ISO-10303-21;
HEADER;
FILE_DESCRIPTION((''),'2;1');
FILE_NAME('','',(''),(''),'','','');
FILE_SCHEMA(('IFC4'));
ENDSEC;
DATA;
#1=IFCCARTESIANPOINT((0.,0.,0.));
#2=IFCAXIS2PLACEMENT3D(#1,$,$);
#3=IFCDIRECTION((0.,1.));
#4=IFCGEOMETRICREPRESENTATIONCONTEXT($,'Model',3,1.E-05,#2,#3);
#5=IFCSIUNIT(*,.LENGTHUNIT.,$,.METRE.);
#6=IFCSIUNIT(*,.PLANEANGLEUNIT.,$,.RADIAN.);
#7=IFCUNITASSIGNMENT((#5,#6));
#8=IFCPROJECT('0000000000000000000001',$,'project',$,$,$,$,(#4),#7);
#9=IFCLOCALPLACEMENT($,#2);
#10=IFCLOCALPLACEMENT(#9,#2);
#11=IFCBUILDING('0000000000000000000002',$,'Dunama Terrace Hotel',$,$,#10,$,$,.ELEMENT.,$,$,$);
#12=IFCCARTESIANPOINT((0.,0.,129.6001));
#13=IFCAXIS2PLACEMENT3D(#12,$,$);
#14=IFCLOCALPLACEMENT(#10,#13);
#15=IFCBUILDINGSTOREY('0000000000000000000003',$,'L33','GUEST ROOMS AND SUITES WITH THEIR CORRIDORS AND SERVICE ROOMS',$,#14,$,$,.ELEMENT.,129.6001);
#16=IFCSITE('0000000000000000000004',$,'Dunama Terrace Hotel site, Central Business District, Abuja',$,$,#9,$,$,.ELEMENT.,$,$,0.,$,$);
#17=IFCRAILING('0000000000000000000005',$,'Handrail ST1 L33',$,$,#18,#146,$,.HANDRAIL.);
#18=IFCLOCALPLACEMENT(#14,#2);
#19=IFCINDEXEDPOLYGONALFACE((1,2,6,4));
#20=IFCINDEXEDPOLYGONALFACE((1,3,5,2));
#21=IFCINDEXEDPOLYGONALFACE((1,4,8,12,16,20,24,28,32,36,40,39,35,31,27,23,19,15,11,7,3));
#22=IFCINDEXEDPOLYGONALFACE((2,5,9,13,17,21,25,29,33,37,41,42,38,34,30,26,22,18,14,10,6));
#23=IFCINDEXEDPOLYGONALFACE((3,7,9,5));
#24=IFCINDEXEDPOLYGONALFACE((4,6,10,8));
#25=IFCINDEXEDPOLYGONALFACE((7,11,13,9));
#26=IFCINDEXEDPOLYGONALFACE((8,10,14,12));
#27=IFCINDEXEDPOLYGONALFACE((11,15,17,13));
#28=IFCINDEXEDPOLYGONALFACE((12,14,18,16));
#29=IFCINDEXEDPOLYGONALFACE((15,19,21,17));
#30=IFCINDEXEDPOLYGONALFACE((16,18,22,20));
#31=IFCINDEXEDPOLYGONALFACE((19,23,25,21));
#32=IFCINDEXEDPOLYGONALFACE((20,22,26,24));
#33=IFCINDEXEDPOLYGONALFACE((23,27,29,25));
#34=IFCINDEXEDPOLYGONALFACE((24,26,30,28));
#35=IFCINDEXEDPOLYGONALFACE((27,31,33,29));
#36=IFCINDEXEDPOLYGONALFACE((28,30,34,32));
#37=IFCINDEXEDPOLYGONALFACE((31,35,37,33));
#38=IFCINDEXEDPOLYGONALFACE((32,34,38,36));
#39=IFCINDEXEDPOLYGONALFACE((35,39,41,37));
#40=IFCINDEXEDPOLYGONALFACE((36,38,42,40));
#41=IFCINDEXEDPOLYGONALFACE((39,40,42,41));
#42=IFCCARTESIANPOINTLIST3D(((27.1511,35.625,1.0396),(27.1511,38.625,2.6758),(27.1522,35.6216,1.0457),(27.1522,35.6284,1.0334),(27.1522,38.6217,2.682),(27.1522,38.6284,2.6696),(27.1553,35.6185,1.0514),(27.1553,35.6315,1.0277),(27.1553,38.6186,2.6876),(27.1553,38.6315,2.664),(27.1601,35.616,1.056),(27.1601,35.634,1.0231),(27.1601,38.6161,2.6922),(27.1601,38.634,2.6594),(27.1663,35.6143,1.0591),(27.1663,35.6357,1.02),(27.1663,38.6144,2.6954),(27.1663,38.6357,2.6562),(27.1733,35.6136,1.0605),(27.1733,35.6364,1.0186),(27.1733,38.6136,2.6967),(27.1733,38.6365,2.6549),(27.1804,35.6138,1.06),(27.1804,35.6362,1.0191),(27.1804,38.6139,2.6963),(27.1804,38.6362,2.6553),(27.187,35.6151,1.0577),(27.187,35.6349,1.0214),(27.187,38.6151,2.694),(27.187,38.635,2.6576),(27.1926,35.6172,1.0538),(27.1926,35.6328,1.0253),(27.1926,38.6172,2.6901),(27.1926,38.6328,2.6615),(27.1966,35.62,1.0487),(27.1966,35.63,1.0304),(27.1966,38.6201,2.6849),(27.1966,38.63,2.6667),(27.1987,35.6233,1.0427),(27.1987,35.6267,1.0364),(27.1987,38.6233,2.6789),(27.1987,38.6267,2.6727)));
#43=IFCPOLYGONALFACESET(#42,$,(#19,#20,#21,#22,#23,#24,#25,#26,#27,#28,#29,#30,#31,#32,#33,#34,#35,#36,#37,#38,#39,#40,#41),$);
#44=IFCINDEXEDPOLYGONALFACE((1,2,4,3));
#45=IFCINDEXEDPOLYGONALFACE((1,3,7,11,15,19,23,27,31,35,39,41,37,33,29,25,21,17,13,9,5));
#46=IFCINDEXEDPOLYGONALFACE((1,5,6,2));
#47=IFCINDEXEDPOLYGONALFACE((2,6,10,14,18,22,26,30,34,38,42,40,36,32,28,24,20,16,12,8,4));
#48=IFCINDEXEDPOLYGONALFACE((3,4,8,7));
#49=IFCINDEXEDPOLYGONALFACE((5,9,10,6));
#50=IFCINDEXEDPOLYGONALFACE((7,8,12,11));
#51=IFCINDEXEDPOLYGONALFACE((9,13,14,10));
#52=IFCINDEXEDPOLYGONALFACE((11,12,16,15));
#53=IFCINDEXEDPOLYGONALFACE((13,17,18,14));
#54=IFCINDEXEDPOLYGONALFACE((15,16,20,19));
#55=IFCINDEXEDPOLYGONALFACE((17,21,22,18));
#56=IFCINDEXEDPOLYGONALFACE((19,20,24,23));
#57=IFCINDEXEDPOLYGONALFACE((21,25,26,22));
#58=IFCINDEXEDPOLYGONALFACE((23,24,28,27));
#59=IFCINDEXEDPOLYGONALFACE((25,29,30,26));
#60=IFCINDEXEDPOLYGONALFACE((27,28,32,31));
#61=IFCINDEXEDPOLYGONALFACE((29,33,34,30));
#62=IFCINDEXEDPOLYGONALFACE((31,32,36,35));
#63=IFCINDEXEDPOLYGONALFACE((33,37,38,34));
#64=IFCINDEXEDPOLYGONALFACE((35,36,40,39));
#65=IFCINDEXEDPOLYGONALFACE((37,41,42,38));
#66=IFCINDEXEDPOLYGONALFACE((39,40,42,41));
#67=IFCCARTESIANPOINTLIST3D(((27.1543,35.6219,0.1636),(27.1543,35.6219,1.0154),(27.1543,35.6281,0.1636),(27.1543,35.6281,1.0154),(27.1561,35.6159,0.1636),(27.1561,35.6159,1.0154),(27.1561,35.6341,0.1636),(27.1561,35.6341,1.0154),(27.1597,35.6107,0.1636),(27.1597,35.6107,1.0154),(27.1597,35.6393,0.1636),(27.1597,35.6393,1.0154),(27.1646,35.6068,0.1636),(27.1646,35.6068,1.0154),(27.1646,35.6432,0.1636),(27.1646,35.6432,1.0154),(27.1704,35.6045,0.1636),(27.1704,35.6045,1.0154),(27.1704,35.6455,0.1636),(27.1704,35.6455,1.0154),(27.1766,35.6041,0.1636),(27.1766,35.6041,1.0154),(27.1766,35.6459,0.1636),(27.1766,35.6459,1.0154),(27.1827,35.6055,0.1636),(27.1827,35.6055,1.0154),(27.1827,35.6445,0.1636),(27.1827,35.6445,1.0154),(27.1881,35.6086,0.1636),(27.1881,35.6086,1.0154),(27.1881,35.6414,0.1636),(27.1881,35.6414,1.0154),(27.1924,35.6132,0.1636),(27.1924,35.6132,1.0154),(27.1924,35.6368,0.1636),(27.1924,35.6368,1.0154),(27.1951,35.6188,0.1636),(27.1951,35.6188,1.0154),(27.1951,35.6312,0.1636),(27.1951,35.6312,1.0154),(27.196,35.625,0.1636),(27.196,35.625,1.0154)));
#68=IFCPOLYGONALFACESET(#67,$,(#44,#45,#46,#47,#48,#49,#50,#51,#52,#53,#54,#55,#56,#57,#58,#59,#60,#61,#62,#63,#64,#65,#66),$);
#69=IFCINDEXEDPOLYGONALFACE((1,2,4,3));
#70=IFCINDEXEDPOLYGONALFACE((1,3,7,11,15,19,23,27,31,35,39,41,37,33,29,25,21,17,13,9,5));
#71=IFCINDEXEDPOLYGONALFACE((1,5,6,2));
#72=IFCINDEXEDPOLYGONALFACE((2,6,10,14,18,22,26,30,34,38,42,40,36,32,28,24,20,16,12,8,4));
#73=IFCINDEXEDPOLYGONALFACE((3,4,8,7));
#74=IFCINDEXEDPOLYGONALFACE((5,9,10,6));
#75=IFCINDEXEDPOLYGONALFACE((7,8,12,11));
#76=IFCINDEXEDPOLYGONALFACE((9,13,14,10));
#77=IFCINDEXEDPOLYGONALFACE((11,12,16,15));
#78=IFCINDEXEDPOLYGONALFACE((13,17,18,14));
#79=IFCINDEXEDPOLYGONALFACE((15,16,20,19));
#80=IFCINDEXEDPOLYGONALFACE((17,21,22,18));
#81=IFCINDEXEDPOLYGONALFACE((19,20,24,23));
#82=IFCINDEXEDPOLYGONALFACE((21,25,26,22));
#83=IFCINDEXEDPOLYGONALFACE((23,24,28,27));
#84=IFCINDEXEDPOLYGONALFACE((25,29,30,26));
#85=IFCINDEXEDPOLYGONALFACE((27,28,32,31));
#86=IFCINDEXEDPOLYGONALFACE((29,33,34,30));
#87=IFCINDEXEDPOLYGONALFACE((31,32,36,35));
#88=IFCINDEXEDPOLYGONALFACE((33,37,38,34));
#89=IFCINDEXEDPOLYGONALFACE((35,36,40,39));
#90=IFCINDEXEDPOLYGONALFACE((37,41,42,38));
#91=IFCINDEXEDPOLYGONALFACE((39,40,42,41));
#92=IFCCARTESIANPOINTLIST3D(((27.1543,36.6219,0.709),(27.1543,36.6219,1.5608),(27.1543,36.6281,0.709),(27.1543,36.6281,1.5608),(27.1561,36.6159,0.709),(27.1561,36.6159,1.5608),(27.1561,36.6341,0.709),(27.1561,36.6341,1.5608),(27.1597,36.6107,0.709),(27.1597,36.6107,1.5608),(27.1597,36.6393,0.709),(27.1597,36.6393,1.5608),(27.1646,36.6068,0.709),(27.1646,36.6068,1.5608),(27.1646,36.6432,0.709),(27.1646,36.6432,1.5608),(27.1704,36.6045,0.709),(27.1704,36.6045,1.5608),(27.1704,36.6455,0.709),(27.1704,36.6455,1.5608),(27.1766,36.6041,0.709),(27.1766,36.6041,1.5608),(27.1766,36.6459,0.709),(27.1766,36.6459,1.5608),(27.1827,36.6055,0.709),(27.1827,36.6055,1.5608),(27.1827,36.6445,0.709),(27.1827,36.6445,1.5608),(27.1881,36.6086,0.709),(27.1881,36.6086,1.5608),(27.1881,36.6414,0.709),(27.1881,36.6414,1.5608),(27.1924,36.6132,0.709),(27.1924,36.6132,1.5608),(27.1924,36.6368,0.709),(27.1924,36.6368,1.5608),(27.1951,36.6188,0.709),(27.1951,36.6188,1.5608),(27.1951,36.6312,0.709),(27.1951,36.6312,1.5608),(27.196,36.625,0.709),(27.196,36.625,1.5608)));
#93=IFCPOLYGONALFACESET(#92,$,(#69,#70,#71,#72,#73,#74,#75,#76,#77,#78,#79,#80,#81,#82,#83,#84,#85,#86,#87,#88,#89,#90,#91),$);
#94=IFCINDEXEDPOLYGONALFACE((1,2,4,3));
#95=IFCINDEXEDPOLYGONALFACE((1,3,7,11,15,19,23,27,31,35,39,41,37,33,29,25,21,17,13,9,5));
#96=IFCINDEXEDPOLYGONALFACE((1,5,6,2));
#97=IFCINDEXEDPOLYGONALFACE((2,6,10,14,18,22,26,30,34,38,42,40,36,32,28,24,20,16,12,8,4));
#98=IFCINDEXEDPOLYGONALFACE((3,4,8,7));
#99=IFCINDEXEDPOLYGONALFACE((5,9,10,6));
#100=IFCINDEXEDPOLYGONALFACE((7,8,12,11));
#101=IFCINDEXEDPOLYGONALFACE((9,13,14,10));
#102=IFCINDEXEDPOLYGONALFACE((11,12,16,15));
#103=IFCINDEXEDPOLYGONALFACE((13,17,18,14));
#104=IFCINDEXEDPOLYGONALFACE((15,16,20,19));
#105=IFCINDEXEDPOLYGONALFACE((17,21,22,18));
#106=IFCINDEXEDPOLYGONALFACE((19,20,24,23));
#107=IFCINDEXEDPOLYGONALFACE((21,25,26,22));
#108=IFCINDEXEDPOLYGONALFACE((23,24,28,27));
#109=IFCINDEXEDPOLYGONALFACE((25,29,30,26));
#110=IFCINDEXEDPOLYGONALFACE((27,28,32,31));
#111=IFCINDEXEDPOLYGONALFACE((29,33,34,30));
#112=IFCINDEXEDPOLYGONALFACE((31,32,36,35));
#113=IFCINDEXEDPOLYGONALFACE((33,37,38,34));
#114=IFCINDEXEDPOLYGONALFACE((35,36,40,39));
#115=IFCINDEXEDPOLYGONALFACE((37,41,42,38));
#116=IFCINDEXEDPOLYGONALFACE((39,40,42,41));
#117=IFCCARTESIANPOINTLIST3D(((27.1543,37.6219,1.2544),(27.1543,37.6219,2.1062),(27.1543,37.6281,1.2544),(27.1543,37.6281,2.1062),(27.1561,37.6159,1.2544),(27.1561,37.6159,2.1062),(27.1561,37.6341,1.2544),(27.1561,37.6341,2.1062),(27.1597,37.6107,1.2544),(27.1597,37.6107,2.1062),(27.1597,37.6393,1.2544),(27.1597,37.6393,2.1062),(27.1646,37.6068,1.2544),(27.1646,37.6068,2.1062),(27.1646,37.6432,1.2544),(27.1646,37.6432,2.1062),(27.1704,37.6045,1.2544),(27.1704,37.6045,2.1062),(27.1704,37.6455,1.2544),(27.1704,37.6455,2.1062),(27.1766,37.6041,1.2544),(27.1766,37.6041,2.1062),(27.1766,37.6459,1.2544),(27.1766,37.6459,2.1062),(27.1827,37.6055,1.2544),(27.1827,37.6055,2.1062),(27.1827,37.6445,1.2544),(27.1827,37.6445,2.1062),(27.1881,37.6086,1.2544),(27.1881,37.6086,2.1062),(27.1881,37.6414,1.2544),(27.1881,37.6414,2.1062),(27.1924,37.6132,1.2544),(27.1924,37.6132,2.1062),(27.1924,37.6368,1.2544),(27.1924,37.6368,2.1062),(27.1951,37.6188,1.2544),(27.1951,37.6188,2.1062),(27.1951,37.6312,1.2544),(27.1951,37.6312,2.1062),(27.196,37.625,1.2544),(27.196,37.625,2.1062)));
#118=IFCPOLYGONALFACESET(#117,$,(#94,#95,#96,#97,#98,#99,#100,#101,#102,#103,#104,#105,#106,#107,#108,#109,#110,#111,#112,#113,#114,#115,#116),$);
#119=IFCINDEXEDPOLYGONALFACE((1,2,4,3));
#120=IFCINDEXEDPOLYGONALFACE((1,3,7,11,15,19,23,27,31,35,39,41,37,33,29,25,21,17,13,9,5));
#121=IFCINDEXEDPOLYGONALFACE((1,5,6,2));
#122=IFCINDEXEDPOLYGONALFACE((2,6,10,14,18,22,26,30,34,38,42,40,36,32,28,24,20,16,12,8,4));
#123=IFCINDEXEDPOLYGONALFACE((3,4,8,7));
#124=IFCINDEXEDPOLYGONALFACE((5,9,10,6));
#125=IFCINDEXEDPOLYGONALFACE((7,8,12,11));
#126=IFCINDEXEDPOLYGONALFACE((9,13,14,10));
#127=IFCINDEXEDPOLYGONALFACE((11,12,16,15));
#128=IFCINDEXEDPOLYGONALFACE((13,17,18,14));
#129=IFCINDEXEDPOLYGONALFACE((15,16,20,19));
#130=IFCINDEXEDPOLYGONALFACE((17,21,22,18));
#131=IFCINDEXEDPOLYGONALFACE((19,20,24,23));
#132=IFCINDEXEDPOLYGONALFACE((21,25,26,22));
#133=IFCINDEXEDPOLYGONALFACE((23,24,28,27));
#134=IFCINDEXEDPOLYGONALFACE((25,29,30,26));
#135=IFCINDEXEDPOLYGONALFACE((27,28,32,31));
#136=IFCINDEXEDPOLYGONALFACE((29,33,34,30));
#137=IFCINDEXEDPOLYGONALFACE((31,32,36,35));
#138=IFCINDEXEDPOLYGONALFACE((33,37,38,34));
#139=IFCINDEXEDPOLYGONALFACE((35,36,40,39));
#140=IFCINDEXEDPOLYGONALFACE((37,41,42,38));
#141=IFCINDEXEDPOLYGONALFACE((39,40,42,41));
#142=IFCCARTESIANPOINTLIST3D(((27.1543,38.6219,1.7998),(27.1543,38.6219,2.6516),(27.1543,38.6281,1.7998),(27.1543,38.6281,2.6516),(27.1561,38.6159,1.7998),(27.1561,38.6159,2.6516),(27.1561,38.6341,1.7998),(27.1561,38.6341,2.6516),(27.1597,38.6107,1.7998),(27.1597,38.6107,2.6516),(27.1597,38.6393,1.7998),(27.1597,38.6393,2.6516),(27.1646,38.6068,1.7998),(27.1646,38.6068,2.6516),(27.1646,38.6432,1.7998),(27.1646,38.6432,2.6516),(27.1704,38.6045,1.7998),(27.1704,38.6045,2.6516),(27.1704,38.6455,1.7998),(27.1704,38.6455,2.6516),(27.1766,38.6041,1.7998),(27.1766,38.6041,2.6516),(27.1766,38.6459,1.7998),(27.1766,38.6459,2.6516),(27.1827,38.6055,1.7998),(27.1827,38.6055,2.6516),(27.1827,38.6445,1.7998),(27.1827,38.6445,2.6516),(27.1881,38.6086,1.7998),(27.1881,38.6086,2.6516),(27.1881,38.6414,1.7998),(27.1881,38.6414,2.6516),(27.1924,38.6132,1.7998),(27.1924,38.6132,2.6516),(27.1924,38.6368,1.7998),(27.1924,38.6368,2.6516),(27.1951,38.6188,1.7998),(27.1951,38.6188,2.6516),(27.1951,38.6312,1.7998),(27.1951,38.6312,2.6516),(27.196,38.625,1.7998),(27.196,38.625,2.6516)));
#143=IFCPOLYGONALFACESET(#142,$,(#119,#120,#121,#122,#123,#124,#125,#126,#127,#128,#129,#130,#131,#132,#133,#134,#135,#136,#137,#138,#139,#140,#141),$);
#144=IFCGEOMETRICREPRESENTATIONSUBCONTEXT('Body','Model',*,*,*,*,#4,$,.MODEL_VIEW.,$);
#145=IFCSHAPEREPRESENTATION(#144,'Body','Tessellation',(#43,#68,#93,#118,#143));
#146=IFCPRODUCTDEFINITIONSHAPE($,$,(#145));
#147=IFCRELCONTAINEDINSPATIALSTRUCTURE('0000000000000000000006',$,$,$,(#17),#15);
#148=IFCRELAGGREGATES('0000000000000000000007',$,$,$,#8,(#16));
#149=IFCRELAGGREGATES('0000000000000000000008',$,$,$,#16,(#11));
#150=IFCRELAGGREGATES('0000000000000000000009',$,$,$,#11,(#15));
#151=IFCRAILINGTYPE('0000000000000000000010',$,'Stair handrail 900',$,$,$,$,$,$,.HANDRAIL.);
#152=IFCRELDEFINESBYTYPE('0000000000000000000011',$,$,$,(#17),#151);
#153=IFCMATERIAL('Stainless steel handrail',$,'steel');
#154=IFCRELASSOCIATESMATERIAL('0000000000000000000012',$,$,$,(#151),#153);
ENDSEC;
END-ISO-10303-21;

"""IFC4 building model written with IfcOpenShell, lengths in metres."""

from ifc_helpers import new_model, si_unit, direction, frame, origin, origin_2d, place, context, subcontext, project, spatial, circle, extrude, material, type_object, element, save


model = new_model("IFC4")

# Units and contexts
model_context = context("Model", 3, precision=1e-05, world=origin(), true_north=direction((0.0, 1.0)))
body_context = subcontext(model_context, "Body", "Model", "MODEL_VIEW")
ifc_project = project(units=[si_unit("LENGTHUNIT", "METRE"), si_unit("PLANEANGLEUNIT", "RADIAN")], contexts=[model_context])

# Site, building, storey
site_placement = place(None, origin())
site = spatial("IfcSite", under=ifc_project, at=site_placement, Name="Dunama Terrace Hotel site, Central Business District, Abuja", CompositionType="ELEMENT", RefElevation=0.0)
building_placement = place(site_placement, origin())
building = spatial("IfcBuilding", under=site, at=building_placement, Name="Dunama Terrace Hotel", CompositionType="ELEMENT")
storey_placement = place(building_placement, frame((0.0, 0.0, 129.6001)))
storey = spatial("IfcBuildingStorey", under=building, at=storey_placement, Name="L33", Description="GUEST ROOMS AND SUITES WITH THEIR CORRIDORS AND SERVICE ROOMS", CompositionType="ELEMENT", Elevation=129.6001)

# Railing
ifc_material_1 = material(Name="Stainless steel handrail", Category="steel")
railing_type = type_object("IfcRailingType", Name="Stair handrail 900", PredefinedType="HANDRAIL", material=ifc_material_1)
railing_1_placement = place(storey_placement, frame((27.175, 35.625, 0.1636)))
element("IfcRailing", 1, at=railing_1_placement, inside=storey, type_object=railing_type, Name="Handrail ST1 L33", PredefinedType="HANDRAIL", context=body_context, shape_type="SweptSolid", body=[
    extrude(circle(Radius=0.0239, at=origin_2d()), frame((0.0, 0.0, 0.876), z_axis=(0.0, 0.877912, 0.478822), x_axis=(-1.0, 0.0, 0.0)), (0.0, 0.0, 1.0), 3.4172),
    extrude(circle(Radius=0.021, at=origin_2d()), origin(), (0.0, 0.0, 1.0), 0.8518),
    extrude(circle(Radius=0.021, at=origin_2d()), frame((0.0, 1.0, 0.5454)), (0.0, 0.0, 1.0), 0.8518),
    extrude(circle(Radius=0.021, at=origin_2d()), frame((0.0, 2.0, 1.0908)), (0.0, 0.0, 1.0), 0.8518),
    extrude(circle(Radius=0.021, at=origin_2d()), frame((0.0, 3.0, 1.6362)), (0.0, 0.0, 1.0), 0.8518),
])

save(model, "model.ifc")
